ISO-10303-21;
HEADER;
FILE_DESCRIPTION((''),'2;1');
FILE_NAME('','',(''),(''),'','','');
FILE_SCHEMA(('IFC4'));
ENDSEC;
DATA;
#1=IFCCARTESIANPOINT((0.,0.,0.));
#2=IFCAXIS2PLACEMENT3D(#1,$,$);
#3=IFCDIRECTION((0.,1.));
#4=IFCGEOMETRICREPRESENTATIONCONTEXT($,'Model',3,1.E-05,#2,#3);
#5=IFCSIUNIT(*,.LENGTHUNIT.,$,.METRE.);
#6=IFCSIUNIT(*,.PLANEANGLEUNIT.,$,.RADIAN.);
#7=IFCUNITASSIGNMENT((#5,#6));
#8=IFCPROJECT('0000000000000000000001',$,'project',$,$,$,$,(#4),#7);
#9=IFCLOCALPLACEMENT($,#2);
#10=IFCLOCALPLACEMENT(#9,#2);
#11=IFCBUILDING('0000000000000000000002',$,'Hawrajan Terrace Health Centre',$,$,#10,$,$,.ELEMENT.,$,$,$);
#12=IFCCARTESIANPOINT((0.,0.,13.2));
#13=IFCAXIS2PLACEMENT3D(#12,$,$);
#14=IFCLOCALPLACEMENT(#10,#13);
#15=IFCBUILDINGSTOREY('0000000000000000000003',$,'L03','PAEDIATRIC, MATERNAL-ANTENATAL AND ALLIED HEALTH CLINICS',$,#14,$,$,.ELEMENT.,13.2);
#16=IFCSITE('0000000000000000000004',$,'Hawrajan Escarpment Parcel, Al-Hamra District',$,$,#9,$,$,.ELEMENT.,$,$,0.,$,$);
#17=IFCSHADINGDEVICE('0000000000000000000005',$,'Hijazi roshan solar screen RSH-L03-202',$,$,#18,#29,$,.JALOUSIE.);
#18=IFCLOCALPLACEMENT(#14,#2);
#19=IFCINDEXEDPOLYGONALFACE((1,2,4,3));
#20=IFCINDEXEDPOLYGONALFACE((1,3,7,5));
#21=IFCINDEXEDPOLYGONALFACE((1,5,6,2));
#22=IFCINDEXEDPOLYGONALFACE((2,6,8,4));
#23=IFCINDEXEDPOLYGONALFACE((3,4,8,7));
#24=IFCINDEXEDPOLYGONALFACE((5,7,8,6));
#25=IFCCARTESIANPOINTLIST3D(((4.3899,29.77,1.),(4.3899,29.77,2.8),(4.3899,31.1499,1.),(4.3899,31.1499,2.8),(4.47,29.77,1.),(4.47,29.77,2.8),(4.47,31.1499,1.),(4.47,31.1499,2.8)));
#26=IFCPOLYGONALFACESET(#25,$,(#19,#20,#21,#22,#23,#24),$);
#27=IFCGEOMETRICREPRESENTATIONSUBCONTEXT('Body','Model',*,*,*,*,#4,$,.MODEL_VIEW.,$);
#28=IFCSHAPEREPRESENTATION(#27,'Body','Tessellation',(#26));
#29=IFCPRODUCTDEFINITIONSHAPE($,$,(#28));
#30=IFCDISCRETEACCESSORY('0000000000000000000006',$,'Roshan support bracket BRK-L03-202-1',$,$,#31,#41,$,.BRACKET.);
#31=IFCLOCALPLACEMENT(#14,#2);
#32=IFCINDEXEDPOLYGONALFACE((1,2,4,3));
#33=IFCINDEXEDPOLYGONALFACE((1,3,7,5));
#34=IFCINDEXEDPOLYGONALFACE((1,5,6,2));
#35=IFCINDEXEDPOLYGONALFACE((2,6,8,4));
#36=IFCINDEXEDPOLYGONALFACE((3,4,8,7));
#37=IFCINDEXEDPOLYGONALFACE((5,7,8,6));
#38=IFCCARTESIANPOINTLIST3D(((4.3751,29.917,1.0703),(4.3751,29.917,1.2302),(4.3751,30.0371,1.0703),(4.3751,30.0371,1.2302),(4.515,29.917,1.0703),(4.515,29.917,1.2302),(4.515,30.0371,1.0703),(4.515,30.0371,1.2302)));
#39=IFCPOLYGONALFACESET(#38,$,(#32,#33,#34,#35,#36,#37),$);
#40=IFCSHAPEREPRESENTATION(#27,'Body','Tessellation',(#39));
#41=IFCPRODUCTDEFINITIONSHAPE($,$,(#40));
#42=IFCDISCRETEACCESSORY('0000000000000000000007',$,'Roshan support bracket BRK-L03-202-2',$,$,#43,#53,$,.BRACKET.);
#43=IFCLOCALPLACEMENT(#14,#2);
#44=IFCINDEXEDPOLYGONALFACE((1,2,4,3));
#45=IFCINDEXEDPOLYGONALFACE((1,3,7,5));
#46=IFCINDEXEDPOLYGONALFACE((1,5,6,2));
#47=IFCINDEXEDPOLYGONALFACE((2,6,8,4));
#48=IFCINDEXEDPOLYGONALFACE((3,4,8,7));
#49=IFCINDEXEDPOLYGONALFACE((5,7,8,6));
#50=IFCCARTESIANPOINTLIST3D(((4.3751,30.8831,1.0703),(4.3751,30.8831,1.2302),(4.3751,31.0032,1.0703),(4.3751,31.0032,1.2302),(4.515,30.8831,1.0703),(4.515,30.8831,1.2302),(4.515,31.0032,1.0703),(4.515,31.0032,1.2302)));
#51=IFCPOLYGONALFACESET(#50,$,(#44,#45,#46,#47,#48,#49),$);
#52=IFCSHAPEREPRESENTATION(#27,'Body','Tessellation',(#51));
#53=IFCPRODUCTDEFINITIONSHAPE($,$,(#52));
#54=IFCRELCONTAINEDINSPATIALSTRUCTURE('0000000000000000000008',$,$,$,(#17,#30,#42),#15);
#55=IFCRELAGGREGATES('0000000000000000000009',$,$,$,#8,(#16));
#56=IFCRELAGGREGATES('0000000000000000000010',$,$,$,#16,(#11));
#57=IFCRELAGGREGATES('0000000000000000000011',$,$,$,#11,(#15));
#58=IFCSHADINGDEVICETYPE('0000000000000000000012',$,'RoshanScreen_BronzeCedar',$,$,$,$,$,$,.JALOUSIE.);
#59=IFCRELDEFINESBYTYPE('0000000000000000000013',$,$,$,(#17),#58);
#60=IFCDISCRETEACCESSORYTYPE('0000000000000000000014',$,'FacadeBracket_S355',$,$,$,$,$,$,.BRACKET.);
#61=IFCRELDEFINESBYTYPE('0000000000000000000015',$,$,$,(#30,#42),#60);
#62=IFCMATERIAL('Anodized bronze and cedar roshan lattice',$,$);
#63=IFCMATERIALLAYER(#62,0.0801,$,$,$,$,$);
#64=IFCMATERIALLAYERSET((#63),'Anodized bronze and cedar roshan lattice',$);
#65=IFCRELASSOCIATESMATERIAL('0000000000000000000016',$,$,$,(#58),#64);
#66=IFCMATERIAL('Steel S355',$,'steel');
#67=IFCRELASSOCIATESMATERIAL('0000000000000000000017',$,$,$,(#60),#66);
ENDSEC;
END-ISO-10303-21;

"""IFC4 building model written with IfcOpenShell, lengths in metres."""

from ifc_helpers import new_model, si_unit, direction, frame, origin, origin_2d, place, context, subcontext, project, spatial, rectangle, extrude, material, layer, layer_set, type_object, element, save


model = new_model("IFC4")

# Units and contexts
model_context = context("Model", 3, precision=1e-05, world=origin(), true_north=direction((0.0, 1.0)))
body_context = subcontext(model_context, "Body", "Model", "MODEL_VIEW")
ifc_project = project(units=[si_unit("LENGTHUNIT", "METRE"), si_unit("PLANEANGLEUNIT", "RADIAN")], contexts=[model_context])

# Site, building, storey
site_placement = place(None, origin())
site = spatial("IfcSite", under=ifc_project, at=site_placement, Name="Hawrajan Escarpment Parcel, Al-Hamra District", CompositionType="ELEMENT", RefElevation=0.0)
building_placement = place(site_placement, origin())
building = spatial("IfcBuilding", under=site, at=building_placement, Name="Hawrajan Terrace Health Centre", CompositionType="ELEMENT")
storey_placement = place(building_placement, frame((0.0, 0.0, 13.2)))
storey = spatial("IfcBuildingStorey", under=building, at=storey_placement, Name="L03", Description="PAEDIATRIC, MATERNAL-ANTENATAL AND ALLIED HEALTH CLINICS", CompositionType="ELEMENT", Elevation=13.2)

# Shading device
ifc_material_1 = material(Name="Anodized bronze and cedar roshan lattice")
ifc_layer_1 = layer(ifc_material_1, 0.0801)
ifc_layer_set_1 = layer_set([ifc_layer_1], Name="Anodized bronze and cedar roshan lattice")
shading_device_type_1 = type_object("IfcShadingDeviceType", Name="RoshanScreen_BronzeCedar", PredefinedType="JALOUSIE", material=ifc_layer_set_1)
shading_device_placement = place(storey_placement, frame((4.4299, 30.46, 1.0), z_axis=(0.0, 0.0, 1.0), x_axis=(0.0, 1.0, 0.0)))
element("IfcShadingDevice", 1, at=shading_device_placement, inside=storey, type_object=shading_device_type_1, Name="Hijazi roshan solar screen RSH-L03-202", PredefinedType="JALOUSIE", context=body_context, shape_type="SweptSolid", body=[
    extrude(rectangle(XDim=1.3799, YDim=0.0801, at=origin_2d()), origin(), (0.0, 0.0, 1.0), 1.8),
])

# Discrete accessories
ifc_material_2 = material(Name="Steel S355", Category="steel")
discrete_accessory_type = type_object("IfcDiscreteAccessoryType", Name="FacadeBracket_S355", PredefinedType="BRACKET", material=ifc_material_2)
for number, where, z_axis, x_axis, name in (
    (2, (4.4451, 29.9771, 1.0703), (0.0, 0.0, 1.0), (0.0, 1.0, 0.0), "Roshan support bracket BRK-L03-202-1"),
    (3, (4.4451, 30.9431, 1.0703), (0.0, 0.0, 1.0), (0.0, 1.0, 0.0), "Roshan support bracket BRK-L03-202-2"),
):
    element("IfcDiscreteAccessory", number, at=place(storey_placement, frame(where, z_axis=z_axis, x_axis=x_axis)), inside=storey, type_object=discrete_accessory_type, Name=name, PredefinedType="BRACKET", context=body_context, shape_type="SweptSolid", body=[
        extrude(rectangle(XDim=0.1201, YDim=0.1399, at=origin_2d()), origin(), (0.0, 0.0, 1.0), 0.1599),
    ])

save(model, "model.ifc")
